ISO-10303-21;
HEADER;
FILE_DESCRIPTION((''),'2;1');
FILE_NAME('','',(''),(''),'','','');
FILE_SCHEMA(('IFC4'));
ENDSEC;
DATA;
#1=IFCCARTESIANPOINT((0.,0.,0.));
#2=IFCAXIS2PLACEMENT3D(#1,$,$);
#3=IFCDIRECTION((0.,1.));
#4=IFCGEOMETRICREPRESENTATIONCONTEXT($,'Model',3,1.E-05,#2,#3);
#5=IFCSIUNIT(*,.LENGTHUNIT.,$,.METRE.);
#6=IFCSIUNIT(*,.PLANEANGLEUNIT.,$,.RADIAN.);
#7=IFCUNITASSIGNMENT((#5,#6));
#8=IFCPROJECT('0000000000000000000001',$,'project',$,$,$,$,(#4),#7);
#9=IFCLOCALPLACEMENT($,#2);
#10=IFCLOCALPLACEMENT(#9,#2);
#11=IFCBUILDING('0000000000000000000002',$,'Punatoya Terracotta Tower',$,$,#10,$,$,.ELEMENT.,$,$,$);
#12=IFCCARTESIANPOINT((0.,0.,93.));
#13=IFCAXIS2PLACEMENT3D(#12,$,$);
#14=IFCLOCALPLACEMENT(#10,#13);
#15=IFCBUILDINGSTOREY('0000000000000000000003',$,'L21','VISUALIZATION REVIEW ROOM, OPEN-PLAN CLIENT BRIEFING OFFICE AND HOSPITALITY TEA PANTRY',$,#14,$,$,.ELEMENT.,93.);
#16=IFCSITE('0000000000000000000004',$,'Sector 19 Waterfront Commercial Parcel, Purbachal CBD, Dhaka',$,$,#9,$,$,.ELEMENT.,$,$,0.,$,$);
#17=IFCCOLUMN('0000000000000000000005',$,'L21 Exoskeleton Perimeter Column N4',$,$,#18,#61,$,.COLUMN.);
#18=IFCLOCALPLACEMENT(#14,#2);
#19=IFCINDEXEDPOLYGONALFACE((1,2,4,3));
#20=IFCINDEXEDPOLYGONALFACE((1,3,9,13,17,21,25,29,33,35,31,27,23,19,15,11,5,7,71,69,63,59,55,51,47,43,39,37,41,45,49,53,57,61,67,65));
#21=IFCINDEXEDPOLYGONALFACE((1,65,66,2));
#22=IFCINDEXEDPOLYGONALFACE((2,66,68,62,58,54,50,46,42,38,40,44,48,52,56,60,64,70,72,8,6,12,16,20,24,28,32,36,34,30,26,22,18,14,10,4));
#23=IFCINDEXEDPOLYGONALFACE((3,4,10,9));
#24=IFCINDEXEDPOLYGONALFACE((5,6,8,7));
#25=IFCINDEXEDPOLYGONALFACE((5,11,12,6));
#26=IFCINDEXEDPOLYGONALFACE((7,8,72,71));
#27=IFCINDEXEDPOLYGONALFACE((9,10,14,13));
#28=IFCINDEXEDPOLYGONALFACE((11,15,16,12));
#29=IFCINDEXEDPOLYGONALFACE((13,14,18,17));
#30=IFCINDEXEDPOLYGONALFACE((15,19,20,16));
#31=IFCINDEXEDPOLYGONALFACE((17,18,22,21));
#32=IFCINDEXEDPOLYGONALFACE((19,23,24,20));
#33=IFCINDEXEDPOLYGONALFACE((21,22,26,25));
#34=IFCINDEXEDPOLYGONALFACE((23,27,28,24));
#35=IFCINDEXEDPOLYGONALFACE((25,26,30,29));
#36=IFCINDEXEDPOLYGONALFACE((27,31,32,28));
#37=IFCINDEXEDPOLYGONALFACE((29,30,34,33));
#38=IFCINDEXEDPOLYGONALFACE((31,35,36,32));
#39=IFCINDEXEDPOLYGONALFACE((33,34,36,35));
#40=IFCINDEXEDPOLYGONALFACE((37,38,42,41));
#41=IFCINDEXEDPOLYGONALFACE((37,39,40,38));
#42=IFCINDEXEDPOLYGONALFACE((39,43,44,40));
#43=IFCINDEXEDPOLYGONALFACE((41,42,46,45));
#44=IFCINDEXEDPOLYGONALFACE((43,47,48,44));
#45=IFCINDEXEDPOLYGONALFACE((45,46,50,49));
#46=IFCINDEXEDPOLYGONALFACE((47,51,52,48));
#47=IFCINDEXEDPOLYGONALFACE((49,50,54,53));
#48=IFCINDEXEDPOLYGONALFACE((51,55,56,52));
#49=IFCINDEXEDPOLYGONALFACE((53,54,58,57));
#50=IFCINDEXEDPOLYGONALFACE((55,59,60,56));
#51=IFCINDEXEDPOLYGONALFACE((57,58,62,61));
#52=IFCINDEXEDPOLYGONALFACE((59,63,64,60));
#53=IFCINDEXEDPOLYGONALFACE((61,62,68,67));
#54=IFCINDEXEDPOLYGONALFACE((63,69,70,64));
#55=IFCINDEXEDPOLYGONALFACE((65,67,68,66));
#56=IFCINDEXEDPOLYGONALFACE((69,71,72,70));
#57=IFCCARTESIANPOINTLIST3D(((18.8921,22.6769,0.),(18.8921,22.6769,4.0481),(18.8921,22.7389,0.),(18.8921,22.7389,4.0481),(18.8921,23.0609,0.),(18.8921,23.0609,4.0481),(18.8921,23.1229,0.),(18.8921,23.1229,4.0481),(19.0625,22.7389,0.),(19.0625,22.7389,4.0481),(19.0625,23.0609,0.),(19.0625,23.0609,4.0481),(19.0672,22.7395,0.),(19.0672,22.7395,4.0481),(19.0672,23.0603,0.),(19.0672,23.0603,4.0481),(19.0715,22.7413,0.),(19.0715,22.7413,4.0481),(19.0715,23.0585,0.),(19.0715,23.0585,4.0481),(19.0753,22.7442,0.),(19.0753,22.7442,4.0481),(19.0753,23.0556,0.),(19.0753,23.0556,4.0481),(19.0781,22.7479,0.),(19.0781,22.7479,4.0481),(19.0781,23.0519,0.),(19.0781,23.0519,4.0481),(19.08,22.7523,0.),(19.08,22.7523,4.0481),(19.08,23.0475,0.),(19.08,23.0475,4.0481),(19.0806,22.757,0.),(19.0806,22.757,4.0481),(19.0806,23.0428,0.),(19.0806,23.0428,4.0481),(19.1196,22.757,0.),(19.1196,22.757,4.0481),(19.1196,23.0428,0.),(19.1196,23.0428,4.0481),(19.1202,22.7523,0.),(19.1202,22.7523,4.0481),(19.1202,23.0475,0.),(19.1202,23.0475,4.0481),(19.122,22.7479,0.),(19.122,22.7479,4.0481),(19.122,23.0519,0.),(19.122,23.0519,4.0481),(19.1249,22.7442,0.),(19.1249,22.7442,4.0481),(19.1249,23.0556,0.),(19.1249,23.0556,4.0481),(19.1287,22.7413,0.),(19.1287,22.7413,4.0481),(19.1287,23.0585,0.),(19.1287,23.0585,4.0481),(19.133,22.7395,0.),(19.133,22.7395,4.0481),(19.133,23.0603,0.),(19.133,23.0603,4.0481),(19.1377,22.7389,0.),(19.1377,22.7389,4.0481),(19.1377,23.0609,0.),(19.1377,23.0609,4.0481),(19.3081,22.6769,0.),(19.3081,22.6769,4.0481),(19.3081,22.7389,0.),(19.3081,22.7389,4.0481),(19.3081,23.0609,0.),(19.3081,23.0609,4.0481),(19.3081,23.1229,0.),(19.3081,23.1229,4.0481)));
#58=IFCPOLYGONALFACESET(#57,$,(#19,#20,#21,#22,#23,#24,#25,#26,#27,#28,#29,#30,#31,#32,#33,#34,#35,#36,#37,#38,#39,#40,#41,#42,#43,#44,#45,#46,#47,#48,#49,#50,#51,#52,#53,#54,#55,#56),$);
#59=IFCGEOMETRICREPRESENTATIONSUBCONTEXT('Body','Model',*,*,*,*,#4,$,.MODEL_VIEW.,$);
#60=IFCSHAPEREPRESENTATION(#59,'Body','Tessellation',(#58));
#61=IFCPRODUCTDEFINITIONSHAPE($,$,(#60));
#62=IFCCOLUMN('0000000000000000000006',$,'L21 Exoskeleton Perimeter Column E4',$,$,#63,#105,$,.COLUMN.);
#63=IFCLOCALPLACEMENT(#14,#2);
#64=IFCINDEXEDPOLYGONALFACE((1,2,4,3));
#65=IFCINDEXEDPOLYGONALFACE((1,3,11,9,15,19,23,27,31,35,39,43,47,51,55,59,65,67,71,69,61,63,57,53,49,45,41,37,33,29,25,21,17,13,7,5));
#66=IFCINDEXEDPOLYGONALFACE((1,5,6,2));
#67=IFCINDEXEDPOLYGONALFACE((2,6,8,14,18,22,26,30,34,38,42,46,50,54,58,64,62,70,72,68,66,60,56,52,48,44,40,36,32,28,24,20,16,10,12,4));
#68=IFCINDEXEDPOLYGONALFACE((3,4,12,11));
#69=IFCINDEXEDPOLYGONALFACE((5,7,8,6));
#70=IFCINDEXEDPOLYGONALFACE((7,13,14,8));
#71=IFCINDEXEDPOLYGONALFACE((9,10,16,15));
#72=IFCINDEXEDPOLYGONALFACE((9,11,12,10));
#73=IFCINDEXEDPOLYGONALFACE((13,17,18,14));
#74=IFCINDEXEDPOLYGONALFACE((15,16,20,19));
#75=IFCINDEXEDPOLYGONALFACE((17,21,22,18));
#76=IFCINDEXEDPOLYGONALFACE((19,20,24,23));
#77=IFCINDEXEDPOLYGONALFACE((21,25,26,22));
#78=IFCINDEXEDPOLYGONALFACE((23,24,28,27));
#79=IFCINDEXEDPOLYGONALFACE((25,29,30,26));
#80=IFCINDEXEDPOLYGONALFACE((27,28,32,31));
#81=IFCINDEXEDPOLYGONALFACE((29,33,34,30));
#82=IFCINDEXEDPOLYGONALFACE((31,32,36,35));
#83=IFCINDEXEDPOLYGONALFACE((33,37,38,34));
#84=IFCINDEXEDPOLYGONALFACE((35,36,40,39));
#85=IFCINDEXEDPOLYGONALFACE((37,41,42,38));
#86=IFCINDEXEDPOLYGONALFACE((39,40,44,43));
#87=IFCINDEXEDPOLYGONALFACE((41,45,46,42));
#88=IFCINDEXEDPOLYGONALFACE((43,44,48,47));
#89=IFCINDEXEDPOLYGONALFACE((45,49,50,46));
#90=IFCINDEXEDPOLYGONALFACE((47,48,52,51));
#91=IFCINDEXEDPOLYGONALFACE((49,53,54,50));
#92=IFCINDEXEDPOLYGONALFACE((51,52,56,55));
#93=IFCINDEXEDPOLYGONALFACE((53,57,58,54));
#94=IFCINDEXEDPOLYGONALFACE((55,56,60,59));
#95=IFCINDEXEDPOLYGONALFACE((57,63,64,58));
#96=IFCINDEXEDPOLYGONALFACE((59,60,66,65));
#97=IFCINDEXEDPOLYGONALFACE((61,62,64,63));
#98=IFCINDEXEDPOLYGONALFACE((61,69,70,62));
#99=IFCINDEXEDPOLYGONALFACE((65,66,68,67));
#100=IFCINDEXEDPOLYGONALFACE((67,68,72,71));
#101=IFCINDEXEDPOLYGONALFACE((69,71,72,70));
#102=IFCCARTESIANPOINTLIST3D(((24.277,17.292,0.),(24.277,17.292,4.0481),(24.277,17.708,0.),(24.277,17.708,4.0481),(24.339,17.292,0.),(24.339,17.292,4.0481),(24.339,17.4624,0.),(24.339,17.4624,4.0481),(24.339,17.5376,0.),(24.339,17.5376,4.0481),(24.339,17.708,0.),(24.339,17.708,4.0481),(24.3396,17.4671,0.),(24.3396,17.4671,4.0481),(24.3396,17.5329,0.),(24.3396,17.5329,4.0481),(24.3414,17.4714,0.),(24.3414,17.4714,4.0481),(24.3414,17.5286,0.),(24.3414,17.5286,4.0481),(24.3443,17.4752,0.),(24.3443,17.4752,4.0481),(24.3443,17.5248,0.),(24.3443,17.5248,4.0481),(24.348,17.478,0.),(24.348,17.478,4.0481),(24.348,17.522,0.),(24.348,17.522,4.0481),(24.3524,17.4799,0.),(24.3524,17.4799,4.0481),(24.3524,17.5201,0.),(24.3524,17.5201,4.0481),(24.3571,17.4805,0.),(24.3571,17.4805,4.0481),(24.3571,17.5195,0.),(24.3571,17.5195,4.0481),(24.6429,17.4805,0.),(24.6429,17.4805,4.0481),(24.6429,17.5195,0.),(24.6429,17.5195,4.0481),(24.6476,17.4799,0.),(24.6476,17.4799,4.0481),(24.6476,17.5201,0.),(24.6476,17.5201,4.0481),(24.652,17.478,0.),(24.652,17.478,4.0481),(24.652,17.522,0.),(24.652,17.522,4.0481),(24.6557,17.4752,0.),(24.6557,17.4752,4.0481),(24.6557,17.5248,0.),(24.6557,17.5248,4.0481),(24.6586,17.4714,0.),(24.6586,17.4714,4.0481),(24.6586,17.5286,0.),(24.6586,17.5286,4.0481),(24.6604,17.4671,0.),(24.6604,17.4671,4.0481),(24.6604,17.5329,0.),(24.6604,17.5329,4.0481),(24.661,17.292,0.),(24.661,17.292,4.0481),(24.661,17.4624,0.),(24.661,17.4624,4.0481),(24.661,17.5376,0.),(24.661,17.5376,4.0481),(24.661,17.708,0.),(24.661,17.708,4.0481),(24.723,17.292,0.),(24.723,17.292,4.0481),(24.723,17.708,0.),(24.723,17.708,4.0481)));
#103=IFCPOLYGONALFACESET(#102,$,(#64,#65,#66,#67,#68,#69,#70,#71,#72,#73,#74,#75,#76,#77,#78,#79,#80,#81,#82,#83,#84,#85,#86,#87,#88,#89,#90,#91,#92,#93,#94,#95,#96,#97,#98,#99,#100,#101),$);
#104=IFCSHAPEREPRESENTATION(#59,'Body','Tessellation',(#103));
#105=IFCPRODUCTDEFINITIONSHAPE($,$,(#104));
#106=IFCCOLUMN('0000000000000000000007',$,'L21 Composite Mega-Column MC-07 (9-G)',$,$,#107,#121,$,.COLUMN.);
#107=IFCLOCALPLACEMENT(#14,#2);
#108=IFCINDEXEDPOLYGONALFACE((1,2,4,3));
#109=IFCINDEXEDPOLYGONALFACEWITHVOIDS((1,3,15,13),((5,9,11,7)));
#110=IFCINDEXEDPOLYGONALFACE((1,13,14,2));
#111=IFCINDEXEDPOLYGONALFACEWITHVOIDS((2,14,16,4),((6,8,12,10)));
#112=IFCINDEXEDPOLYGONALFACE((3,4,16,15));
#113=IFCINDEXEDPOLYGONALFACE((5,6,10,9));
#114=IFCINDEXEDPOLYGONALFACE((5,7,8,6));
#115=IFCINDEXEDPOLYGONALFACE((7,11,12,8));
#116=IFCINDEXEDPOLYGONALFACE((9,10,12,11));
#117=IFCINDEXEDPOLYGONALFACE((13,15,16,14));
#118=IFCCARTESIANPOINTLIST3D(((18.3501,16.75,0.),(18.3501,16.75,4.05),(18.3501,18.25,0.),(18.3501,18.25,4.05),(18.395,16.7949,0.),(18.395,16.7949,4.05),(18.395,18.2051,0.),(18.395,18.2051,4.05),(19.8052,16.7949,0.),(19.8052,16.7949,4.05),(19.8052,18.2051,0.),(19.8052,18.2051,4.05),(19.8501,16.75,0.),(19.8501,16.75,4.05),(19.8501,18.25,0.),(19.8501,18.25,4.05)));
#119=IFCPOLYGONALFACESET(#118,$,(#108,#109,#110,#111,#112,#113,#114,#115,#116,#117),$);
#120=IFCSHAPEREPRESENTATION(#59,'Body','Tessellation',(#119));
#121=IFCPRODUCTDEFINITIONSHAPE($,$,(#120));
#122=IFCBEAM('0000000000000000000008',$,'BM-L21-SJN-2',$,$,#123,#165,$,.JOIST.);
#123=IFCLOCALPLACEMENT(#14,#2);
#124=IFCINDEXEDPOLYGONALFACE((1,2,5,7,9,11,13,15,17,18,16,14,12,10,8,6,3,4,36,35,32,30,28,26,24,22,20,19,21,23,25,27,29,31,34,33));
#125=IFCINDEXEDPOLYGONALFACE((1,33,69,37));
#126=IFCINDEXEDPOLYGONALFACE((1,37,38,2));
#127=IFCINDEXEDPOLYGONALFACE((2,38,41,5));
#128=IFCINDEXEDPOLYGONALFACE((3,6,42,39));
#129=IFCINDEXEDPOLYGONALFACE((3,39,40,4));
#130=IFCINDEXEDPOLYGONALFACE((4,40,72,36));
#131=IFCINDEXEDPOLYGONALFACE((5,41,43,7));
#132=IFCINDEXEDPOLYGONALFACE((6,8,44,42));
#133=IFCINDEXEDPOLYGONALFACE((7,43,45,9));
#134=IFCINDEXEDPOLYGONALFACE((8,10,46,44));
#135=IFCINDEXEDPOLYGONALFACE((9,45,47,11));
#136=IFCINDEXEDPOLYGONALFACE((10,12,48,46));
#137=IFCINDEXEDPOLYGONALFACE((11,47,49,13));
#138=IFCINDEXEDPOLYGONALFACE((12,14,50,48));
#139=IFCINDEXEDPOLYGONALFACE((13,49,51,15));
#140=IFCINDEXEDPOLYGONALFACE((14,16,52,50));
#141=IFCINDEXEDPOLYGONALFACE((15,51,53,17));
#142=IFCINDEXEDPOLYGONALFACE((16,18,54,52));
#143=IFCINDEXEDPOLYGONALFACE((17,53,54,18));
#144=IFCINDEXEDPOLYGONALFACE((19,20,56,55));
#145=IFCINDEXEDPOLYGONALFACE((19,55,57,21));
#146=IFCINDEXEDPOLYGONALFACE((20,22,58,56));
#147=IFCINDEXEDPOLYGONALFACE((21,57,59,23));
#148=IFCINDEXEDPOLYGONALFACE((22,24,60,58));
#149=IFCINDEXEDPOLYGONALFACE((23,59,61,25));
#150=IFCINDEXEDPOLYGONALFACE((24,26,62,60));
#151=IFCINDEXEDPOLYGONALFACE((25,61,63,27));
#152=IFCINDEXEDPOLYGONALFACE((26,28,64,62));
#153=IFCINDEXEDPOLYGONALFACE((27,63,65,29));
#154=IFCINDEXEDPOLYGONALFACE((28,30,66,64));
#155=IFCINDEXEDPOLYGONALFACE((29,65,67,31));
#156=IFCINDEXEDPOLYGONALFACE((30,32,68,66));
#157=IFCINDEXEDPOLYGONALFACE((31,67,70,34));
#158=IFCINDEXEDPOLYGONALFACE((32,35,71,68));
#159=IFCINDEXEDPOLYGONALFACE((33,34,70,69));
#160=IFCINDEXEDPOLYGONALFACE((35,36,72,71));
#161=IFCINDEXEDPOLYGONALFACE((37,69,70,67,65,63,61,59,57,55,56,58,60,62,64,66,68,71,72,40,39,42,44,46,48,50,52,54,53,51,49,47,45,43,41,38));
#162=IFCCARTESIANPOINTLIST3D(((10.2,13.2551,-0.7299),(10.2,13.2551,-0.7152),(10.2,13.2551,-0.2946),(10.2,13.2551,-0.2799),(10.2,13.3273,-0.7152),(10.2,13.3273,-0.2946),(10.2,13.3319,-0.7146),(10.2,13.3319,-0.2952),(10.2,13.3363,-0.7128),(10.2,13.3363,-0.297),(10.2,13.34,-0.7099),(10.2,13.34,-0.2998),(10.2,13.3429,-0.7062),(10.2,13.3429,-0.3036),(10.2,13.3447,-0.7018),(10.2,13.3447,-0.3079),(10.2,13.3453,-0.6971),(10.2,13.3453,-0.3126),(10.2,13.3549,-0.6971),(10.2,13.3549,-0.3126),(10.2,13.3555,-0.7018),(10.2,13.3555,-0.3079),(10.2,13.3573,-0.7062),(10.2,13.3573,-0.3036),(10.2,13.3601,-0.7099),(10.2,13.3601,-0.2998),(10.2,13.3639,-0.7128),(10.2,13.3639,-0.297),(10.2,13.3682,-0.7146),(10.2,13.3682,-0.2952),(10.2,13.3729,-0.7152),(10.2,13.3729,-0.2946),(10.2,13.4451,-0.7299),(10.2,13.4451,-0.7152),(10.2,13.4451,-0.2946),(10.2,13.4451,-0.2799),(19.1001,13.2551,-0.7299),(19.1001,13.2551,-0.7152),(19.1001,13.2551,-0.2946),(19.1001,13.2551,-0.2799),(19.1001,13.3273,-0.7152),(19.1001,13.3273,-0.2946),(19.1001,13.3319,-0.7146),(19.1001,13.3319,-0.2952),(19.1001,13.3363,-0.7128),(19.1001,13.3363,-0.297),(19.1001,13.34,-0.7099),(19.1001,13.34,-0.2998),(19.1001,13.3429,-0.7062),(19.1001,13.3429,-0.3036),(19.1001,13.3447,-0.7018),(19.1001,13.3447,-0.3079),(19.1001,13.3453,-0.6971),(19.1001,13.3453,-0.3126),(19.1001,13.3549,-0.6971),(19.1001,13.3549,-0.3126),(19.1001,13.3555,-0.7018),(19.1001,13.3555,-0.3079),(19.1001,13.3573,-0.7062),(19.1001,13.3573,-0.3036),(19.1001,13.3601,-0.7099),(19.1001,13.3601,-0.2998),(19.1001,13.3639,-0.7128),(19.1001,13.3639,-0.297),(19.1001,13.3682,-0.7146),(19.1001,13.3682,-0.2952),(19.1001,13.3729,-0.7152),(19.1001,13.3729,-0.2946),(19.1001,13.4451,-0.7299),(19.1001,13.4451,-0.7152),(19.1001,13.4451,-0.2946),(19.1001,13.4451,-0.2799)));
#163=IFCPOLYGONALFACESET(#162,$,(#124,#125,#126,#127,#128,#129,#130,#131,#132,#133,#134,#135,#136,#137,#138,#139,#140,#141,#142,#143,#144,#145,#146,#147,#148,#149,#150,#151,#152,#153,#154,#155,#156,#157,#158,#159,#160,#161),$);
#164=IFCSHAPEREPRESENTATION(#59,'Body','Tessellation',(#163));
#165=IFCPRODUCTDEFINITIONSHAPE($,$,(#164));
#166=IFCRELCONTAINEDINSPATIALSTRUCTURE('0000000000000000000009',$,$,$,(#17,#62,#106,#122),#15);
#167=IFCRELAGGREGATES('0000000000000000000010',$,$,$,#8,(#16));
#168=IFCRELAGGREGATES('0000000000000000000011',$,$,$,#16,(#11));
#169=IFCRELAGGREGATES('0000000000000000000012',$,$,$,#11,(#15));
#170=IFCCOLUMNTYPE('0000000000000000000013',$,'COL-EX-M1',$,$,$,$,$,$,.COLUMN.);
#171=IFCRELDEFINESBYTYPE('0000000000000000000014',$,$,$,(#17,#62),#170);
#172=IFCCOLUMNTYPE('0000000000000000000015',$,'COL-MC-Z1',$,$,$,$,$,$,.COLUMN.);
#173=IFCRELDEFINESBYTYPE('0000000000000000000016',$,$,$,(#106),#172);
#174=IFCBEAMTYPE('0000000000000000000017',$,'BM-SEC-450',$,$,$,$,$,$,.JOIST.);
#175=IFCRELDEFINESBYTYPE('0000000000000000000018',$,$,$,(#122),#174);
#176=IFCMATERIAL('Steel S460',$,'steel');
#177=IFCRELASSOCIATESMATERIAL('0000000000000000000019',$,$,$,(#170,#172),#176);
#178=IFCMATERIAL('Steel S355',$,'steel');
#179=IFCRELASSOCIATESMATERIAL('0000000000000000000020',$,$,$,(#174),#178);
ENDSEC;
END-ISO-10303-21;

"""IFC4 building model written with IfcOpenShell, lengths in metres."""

from ifc_helpers import new_model, si_unit, direction, frame, origin, origin_2d, place, context, subcontext, project, spatial, hollow_rectangle, i_section, extrude, material, material_profile, profile_set, type_object, element, save


model = new_model("IFC4")

# Units and contexts
model_context = context("Model", 3, precision=1e-05, world=origin(), true_north=direction((0.0, 1.0)))
body_context = subcontext(model_context, "Body", "Model", "MODEL_VIEW")
ifc_project = project(units=[si_unit("LENGTHUNIT", "METRE"), si_unit("PLANEANGLEUNIT", "RADIAN")], contexts=[model_context])

# Site, building, storey
site_placement = place(None, origin())
site = spatial("IfcSite", under=ifc_project, at=site_placement, Name="Sector 19 Waterfront Commercial Parcel, Purbachal CBD, Dhaka", CompositionType="ELEMENT", RefElevation=0.0)
building_placement = place(site_placement, origin())
building = spatial("IfcBuilding", under=site, at=building_placement, Name="Punatoya Terracotta Tower", CompositionType="ELEMENT")
storey_placement = place(building_placement, frame((0.0, 0.0, 93.0)))
storey = spatial("IfcBuildingStorey", under=building, at=storey_placement, Name="L21", Description="VISUALIZATION REVIEW ROOM, OPEN-PLAN CLIENT BRIEFING OFFICE AND HOSPITALITY TEA PANTRY", CompositionType="ELEMENT", Elevation=93.0)

# Columns
ifc_material_1 = material(Name="Steel S460", Category="steel")
ifc_material_profile_1 = material_profile(ifc_material_1, i_section(OverallWidth=0.416, OverallDepth=0.446, WebThickness=0.0391, FlangeThickness=0.062, FilletRadius=0.0181, at=origin_2d()))
ifc_profile_set_1 = profile_set([ifc_material_profile_1], Name="Steel S460")
column_type_1 = type_object("IfcColumnType", Name="COL-EX-M1", PredefinedType="COLUMN", material=ifc_profile_set_1)
for number, where, z_axis, x_axis, name in (
    (1, (19.1001, 22.8999, 0.0), (0.0, 0.0, 1.0), (1.0, 0.0, 0.0), "L21 Exoskeleton Perimeter Column N4"),
    (2, (24.5, 17.5, 0.0), (0.0, 0.0, 1.0), (0.0, 1.0, 0.0), "L21 Exoskeleton Perimeter Column E4"),
):
    element("IfcColumn", number, at=place(storey_placement, frame(where, z_axis=z_axis, x_axis=x_axis)), inside=storey, type_object=column_type_1, Name=name, PredefinedType="COLUMN", context=body_context, shape_type="SweptSolid", body=[
        extrude(i_section(OverallWidth=0.416, OverallDepth=0.446, WebThickness=0.0391, FlangeThickness=0.062, FilletRadius=0.0181, at=origin_2d()), origin(), (0.0, 0.0, 1.0), 4.0481),
    ])
ifc_material_profile_2 = material_profile(ifc_material_1, hollow_rectangle(XDim=1.5, YDim=1.5, WallThickness=0.0449, at=origin_2d()))
ifc_profile_set_2 = profile_set([ifc_material_profile_2], Name="Steel S460")
column_type_2 = type_object("IfcColumnType", Name="COL-MC-Z1", PredefinedType="COLUMN", material=ifc_profile_set_2)
column_placement = place(storey_placement, frame((19.1001, 17.5, 0.0), z_axis=(0.0, 0.0, 1.0), x_axis=(1.0, 0.0, 0.0)))
element("IfcColumn", 3, at=column_placement, inside=storey, type_object=column_type_2, Name="L21 Composite Mega-Column MC-07 (9-G)", PredefinedType="COLUMN", context=body_context, shape_type="SweptSolid", body=[
    extrude(hollow_rectangle(XDim=1.5, YDim=1.5, WallThickness=0.0449, at=origin_2d()), origin(), (0.0, 0.0, 1.0), 4.05),
])

# Beam
ifc_material_2 = material(Name="Steel S355", Category="steel")
ifc_material_profile_3 = material_profile(ifc_material_2, i_section(OverallWidth=0.1899, OverallDepth=0.45, WebThickness=0.0095, FlangeThickness=0.0146, FilletRadius=0.0181, at=origin_2d()))
ifc_profile_set_3 = profile_set([ifc_material_profile_3], Name="Steel S355")
beam_type_1 = type_object("IfcBeamType", Name="BM-SEC-450", PredefinedType="JOIST", material=ifc_profile_set_3)
beam_placement = place(storey_placement, frame((10.2, 13.3501, -0.5049), z_axis=(1.0, 0.0, 0.0), x_axis=(0.0, 1.0, 0.0)))
element("IfcBeam", 4, at=beam_placement, inside=storey, type_object=beam_type_1, Name="BM-L21-SJN-2", PredefinedType="JOIST", context=body_context, shape_type="SweptSolid", body=[
    extrude(i_section(OverallWidth=0.1899, OverallDepth=0.45, WebThickness=0.0095, FlangeThickness=0.0146, FilletRadius=0.0181, at=origin_2d()), origin(), (0.0, 0.0, 1.0), 8.9001),
])

save(model, "model.ifc")
